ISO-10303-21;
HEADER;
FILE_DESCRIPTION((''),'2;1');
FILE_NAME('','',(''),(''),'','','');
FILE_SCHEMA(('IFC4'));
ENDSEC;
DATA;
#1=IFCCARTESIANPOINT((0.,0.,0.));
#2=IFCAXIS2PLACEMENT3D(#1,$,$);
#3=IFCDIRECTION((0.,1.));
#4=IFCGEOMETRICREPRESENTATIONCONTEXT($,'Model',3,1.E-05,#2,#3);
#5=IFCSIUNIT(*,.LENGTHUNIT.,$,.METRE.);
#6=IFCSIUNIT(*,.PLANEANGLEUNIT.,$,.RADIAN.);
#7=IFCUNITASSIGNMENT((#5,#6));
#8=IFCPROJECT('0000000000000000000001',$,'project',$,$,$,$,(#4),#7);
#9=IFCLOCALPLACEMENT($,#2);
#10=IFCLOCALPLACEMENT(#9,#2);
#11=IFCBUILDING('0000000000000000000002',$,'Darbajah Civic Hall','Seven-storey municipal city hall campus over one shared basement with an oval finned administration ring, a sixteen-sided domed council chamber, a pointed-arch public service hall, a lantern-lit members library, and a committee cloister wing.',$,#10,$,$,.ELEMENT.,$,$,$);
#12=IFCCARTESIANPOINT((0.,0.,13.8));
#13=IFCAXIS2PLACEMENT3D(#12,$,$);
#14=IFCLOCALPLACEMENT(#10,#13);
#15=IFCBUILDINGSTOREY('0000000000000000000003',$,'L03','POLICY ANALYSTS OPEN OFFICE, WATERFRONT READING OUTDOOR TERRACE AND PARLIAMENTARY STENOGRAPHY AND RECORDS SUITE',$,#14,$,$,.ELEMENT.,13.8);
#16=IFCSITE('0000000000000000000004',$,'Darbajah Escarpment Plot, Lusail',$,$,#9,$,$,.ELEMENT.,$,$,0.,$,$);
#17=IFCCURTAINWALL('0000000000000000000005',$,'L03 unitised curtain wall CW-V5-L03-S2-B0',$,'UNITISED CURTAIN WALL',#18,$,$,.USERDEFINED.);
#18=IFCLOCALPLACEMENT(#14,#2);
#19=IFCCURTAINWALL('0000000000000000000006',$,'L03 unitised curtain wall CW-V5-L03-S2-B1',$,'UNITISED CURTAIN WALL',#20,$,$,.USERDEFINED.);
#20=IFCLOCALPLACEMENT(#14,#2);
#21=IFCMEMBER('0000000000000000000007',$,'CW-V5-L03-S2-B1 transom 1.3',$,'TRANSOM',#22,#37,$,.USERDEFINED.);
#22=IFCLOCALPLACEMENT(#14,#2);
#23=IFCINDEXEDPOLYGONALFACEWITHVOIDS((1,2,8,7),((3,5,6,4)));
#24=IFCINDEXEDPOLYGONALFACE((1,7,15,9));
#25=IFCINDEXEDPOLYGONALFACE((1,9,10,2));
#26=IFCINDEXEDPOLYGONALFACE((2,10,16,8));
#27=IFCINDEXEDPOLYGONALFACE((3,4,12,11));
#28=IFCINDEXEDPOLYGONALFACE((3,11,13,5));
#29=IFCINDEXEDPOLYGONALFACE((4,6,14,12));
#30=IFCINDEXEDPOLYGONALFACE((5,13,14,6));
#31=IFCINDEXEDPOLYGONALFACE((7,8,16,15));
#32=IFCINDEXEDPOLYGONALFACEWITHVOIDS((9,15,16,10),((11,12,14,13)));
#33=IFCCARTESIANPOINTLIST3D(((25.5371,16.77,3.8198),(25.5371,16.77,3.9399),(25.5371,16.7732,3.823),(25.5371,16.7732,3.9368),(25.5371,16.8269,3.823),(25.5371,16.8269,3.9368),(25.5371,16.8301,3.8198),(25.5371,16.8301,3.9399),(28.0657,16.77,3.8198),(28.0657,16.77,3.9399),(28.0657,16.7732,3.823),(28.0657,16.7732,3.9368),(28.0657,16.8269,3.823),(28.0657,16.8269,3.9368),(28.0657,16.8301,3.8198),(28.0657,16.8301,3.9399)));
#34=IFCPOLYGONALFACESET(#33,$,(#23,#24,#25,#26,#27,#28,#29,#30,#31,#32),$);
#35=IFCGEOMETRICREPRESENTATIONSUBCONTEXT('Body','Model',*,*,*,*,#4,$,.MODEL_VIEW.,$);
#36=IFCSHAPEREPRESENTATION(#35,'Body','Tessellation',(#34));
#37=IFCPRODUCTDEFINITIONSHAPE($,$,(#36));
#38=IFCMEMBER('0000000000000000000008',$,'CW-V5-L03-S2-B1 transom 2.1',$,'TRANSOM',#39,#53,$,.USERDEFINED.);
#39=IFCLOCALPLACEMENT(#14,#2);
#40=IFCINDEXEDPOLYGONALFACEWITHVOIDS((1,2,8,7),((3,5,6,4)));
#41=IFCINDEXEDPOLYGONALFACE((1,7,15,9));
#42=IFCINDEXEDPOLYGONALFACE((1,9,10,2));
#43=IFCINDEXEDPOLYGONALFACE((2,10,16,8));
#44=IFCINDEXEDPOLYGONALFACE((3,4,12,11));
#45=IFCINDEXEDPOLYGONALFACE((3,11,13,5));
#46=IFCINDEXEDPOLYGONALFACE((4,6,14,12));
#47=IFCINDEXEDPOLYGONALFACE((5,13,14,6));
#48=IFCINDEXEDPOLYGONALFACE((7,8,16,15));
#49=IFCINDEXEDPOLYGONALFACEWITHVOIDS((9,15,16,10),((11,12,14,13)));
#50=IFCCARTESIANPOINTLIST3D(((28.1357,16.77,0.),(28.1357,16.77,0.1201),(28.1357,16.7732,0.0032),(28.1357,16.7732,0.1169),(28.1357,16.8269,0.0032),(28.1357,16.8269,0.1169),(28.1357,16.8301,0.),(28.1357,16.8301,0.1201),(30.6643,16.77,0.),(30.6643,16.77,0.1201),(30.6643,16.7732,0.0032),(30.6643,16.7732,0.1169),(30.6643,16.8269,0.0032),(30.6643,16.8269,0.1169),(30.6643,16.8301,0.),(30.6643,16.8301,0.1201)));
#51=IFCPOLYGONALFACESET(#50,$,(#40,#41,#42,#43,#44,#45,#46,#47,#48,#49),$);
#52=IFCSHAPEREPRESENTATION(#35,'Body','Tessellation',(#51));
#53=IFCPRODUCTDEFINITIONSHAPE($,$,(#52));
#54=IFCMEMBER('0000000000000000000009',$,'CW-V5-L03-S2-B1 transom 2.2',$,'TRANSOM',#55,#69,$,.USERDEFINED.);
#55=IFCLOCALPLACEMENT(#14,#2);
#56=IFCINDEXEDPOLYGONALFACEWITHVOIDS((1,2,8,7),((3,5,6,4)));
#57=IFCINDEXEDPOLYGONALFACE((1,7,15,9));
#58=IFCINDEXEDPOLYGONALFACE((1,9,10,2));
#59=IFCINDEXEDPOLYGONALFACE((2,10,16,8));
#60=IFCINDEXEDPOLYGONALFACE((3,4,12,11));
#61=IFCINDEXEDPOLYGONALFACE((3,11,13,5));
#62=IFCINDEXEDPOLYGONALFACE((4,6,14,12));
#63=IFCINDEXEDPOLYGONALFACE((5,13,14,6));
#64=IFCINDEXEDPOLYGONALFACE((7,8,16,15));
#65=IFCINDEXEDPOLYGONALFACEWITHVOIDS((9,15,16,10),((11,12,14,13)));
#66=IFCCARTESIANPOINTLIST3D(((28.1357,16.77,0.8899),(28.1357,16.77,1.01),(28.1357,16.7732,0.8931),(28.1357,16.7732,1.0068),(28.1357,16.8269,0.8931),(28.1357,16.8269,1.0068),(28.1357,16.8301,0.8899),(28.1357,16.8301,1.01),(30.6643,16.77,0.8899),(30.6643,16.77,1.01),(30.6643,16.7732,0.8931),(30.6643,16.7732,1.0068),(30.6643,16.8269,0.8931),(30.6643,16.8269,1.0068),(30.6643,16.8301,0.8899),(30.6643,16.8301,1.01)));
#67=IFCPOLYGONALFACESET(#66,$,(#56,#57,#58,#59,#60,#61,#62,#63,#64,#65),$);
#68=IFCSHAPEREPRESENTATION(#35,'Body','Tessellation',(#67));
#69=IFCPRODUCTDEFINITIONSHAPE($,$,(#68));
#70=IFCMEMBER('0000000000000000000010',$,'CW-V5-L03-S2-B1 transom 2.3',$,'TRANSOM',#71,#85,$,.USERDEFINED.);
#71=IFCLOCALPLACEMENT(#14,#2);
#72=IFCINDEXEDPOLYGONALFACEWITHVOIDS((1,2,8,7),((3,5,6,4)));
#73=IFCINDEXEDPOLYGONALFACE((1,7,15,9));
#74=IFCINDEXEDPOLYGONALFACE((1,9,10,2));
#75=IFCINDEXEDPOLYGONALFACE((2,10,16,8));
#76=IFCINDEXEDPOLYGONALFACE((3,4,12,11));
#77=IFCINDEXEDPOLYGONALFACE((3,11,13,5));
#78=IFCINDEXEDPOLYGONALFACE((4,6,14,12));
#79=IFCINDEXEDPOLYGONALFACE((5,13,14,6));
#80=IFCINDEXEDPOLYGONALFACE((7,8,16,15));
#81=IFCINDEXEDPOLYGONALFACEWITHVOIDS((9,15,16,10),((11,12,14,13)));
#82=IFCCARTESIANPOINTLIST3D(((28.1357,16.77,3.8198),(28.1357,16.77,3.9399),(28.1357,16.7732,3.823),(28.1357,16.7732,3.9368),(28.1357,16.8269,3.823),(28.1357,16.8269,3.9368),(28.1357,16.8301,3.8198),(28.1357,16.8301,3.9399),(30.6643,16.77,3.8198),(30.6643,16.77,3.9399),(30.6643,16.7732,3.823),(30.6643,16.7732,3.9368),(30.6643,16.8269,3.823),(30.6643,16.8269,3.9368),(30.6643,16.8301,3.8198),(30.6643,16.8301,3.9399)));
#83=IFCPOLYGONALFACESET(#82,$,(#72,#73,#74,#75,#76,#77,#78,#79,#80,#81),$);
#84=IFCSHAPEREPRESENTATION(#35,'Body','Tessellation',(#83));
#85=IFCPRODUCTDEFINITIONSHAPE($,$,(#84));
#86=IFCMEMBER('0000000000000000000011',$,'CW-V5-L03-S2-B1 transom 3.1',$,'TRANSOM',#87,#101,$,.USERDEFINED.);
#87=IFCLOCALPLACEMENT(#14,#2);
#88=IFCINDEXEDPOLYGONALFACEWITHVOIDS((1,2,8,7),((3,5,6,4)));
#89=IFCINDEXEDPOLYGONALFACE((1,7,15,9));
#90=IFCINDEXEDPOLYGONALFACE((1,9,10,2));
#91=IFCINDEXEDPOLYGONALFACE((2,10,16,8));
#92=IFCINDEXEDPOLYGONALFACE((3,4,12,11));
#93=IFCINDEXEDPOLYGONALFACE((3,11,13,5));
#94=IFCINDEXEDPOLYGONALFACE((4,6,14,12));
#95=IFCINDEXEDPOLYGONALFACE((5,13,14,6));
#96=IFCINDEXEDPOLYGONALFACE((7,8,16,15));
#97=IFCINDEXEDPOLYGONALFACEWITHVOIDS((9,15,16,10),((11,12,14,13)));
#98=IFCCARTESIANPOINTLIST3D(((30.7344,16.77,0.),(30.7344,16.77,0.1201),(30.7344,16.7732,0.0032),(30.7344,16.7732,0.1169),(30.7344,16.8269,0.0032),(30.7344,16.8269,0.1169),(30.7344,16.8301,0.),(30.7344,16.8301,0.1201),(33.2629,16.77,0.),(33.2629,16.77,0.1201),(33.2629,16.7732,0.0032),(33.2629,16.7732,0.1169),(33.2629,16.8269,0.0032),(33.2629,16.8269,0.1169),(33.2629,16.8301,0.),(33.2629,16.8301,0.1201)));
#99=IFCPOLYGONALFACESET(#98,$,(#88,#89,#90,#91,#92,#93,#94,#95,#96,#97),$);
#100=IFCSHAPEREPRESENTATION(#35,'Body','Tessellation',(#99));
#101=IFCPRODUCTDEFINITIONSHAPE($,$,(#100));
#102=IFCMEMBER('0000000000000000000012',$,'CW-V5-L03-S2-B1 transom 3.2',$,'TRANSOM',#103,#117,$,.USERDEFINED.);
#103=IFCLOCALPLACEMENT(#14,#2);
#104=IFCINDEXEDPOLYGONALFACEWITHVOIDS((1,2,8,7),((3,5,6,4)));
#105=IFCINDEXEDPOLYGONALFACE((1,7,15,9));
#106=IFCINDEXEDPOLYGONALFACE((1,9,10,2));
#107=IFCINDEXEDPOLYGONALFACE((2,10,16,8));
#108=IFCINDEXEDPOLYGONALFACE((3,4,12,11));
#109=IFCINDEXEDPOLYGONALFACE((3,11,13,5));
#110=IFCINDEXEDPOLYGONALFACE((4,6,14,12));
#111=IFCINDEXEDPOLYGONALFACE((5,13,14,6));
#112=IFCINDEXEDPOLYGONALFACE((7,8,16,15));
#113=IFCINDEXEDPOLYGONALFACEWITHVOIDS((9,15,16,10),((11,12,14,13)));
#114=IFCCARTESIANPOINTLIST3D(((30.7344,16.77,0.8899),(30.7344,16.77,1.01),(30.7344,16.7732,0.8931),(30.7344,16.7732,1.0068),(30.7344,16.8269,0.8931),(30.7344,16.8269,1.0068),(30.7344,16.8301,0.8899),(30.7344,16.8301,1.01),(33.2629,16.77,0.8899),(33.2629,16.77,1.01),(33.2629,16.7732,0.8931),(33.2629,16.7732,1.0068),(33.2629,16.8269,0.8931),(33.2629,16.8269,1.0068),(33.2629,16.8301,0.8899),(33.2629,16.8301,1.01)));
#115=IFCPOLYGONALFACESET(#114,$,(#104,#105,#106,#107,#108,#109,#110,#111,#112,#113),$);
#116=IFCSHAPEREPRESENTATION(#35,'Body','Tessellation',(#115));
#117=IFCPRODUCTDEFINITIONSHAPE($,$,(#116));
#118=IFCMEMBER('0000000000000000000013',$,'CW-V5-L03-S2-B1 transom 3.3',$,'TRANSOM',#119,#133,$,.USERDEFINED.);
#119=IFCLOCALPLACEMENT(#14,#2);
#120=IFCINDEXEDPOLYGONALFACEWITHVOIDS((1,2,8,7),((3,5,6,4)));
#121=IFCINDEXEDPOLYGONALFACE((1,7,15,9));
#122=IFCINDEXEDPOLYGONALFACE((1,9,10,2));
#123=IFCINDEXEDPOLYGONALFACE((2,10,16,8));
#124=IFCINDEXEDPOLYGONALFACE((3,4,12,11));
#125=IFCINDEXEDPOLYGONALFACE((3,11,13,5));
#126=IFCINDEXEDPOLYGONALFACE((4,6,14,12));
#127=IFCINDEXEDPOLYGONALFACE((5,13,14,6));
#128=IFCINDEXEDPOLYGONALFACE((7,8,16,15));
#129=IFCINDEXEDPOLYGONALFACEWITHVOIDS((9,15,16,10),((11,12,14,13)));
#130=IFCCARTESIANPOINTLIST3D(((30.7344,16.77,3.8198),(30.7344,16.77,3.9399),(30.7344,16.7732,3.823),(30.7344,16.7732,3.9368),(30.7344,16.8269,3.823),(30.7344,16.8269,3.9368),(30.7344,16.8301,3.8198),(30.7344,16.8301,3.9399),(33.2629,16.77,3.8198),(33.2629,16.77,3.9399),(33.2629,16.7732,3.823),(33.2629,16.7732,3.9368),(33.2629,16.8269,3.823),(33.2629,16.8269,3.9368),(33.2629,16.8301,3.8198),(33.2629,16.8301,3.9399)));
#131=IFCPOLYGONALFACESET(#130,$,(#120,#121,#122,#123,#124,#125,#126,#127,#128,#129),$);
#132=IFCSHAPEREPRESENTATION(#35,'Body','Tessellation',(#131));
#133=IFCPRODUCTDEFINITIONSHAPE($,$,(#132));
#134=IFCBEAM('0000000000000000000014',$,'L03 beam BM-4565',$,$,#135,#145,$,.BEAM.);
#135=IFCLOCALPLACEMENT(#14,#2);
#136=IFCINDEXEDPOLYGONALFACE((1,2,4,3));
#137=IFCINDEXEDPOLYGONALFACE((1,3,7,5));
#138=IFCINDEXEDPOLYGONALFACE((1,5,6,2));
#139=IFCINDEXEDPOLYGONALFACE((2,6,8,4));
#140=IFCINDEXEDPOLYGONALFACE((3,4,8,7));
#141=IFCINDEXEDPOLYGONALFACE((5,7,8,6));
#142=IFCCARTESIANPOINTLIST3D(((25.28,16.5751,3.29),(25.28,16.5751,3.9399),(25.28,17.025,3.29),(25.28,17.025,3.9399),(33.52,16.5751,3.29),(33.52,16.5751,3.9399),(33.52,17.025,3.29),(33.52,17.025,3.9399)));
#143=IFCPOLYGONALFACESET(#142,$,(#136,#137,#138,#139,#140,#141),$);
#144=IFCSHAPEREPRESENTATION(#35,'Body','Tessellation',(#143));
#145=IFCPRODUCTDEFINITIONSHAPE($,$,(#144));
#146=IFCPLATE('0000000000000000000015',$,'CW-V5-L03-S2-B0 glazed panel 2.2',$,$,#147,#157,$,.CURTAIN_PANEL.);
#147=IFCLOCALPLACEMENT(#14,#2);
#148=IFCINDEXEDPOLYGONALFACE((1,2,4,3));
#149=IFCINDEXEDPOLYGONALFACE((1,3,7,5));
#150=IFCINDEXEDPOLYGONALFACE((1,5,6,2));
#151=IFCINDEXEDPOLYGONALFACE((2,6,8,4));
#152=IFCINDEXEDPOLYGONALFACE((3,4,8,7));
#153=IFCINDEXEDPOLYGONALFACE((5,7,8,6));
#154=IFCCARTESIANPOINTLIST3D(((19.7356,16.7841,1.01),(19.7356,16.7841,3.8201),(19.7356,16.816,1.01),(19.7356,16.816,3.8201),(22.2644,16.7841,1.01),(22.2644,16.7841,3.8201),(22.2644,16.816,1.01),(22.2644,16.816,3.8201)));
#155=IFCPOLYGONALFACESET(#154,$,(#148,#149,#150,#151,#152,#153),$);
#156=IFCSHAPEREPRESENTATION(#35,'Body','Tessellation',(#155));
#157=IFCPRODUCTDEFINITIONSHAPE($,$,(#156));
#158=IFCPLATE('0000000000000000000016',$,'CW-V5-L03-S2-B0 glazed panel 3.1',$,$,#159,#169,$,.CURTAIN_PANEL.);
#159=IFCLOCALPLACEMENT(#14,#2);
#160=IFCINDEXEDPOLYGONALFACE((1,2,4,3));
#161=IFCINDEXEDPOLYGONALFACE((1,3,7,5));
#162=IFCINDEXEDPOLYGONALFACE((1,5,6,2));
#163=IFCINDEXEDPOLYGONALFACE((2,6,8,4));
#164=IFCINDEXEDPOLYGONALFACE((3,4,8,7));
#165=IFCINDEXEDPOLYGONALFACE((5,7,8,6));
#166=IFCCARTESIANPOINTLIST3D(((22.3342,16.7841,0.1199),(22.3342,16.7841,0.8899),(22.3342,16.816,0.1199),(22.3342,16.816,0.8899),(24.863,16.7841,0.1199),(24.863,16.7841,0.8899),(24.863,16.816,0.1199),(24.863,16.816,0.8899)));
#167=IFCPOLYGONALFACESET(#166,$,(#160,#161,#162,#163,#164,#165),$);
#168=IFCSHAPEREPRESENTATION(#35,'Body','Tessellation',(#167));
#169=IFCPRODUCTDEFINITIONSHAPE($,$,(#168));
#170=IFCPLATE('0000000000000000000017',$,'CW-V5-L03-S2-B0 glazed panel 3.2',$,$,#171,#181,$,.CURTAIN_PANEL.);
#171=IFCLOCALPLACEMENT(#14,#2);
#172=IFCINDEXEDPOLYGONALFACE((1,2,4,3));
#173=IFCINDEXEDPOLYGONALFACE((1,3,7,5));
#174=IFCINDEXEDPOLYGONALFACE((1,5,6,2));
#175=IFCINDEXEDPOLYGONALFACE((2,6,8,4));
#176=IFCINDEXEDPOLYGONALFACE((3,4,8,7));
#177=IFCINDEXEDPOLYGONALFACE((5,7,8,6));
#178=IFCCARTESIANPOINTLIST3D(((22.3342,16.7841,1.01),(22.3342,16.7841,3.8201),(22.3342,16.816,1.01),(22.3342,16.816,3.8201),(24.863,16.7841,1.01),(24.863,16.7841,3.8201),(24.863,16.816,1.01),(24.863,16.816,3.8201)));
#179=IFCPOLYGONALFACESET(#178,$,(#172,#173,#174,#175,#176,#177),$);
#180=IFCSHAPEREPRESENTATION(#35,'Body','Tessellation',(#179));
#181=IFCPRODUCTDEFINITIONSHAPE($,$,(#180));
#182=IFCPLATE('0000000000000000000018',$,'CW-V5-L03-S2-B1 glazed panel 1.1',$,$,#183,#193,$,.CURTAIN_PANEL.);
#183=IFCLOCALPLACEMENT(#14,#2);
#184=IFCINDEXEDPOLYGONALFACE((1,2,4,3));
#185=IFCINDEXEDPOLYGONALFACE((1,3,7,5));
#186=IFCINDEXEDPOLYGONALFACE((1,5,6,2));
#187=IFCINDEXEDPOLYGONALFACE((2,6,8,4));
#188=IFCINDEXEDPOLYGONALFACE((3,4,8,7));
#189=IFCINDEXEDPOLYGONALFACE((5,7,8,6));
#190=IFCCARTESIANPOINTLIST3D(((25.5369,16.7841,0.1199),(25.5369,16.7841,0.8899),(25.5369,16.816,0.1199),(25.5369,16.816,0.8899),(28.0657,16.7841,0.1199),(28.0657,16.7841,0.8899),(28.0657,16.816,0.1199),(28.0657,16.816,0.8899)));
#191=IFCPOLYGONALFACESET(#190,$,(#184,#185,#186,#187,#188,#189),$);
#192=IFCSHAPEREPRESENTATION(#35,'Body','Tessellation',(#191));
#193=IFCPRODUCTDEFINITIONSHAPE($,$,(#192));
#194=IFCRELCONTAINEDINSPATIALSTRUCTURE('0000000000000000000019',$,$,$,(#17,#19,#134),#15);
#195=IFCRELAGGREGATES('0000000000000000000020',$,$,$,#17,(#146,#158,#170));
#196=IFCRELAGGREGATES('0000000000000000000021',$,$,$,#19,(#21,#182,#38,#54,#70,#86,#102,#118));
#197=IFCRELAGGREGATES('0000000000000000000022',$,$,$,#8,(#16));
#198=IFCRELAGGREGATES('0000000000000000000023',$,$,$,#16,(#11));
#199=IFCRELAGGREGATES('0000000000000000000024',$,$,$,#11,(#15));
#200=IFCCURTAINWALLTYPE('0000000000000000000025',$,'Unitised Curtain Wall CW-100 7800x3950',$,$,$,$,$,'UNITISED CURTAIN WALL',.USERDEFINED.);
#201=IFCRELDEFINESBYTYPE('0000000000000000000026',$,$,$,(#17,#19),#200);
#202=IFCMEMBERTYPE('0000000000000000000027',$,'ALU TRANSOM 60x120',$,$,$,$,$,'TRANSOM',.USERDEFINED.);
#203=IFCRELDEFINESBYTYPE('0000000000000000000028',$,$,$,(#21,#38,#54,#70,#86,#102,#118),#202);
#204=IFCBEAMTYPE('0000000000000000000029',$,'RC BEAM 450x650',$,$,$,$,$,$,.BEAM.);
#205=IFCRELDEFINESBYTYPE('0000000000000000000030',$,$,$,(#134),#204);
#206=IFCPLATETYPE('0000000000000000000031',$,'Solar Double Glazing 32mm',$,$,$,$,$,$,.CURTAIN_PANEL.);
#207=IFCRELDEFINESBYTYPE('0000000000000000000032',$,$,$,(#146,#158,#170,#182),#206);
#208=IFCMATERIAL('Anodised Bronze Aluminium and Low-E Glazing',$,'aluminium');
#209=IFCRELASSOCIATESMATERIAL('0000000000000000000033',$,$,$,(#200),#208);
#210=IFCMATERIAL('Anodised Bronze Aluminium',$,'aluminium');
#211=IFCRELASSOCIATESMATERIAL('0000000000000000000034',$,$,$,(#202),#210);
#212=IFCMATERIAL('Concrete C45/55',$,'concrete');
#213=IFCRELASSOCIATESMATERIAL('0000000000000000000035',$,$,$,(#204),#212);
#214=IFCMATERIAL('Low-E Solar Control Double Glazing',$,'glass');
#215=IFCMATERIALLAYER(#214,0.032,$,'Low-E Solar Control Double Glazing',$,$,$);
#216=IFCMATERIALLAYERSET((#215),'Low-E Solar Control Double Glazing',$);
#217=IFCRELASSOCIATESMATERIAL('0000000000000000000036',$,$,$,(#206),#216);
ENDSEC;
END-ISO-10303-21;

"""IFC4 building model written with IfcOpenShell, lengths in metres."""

from ifc_helpers import new_model, si_unit, direction, frame, origin, origin_2d, place, context, subcontext, project, spatial, rectangle, hollow_rectangle, extrude, material, layer, layer_set, material_profile, profile_set, type_object, element, aggregate, save


model = new_model("IFC4")

# Units and contexts
model_context = context("Model", 3, precision=1e-05, world=origin(), true_north=direction((0.0, 1.0)))
body_context = subcontext(model_context, "Body", "Model", "MODEL_VIEW")
ifc_project = project(units=[si_unit("LENGTHUNIT", "METRE"), si_unit("PLANEANGLEUNIT", "RADIAN")], contexts=[model_context])

# Site, building, storey
site_placement = place(None, origin())
site = spatial("IfcSite", under=ifc_project, at=site_placement, Name="Darbajah Escarpment Plot, Lusail", CompositionType="ELEMENT", RefElevation=0.0)
building_placement = place(site_placement, origin())
building = spatial("IfcBuilding", under=site, at=building_placement, Name="Darbajah Civic Hall", Description="Seven-storey municipal city hall campus over one shared basement with an oval finned administration ring, a sixteen-sided domed council chamber, a pointed-arch public service hall, a lantern-lit members library, and a committee cloister wing.", CompositionType="ELEMENT")
storey_placement = place(building_placement, frame((0.0, 0.0, 13.8)))
storey = spatial("IfcBuildingStorey", under=building, at=storey_placement, Name="L03", Description="POLICY ANALYSTS OPEN OFFICE, WATERFRONT READING OUTDOOR TERRACE AND PARLIAMENTARY STENOGRAPHY AND RECORDS SUITE", CompositionType="ELEMENT", Elevation=13.8)

# Shared definitions
ifc_material_1 = material(Name="Concrete C45/55", Category="concrete")

# Curtain walls
ifc_material_2 = material(Name="Anodised Bronze Aluminium and Low-E Glazing", Category="aluminium")
curtain_wall_type = type_object("IfcCurtainWallType", Name="Unitised Curtain Wall CW-100 7800x3950", ElementType="UNITISED CURTAIN WALL", PredefinedType="USERDEFINED", material=ifc_material_2)
curtain_wall_1_placement = place(storey_placement, origin())
curtain_wall_1 = element("IfcCurtainWall", 1, at=curtain_wall_1_placement, inside=storey, type_object=curtain_wall_type, Name="L03 unitised curtain wall CW-V5-L03-S2-B0", ObjectType="UNITISED CURTAIN WALL", PredefinedType="USERDEFINED")
ifc_material_3 = material(Name="Anodised Bronze Aluminium", Category="aluminium")
curtain_wall_2_placement = place(storey_placement, origin())
curtain_wall_2 = element("IfcCurtainWall", 2, at=curtain_wall_2_placement, inside=storey, type_object=curtain_wall_type, Name="L03 unitised curtain wall CW-V5-L03-S2-B1", ObjectType="UNITISED CURTAIN WALL", PredefinedType="USERDEFINED")

# Members
ifc_material_profile_1 = material_profile(ifc_material_3, hollow_rectangle(XDim=0.0601, YDim=0.1201, WallThickness=0.0032, at=origin_2d()), Name="ALU TRANSOM 60x120")
ifc_profile_set_1 = profile_set([ifc_material_profile_1], Name="Anodised Bronze Aluminium")
member_type_1 = type_object("IfcMemberType", Name="ALU TRANSOM 60x120", ElementType="TRANSOM", PredefinedType="USERDEFINED", material=ifc_profile_set_1)
member_1_placement = place(storey_placement, frame((25.5371, 16.8, 3.8799), z_axis=(1.0, 0.0, 0.0), x_axis=(0.0, 1.0, 0.0)))
member_1 = element("IfcMember", 3, at=member_1_placement, type_object=member_type_1, Name="CW-V5-L03-S2-B1 transom 1.3", ObjectType="TRANSOM", PredefinedType="USERDEFINED", context=body_context, shape_type="SweptSolid", body=[
    extrude(hollow_rectangle(XDim=0.0601, YDim=0.1201, WallThickness=0.0032, at=origin_2d()), origin(), (0.0, 0.0, 1.0), 2.5286),
])
member_2_placement = place(storey_placement, frame((28.1357, 16.8, 0.0601), z_axis=(1.0, 0.0, 0.0), x_axis=(0.0, 1.0, 0.0)))
member_2 = element("IfcMember", 4, at=member_2_placement, type_object=member_type_1, Name="CW-V5-L03-S2-B1 transom 2.1", ObjectType="TRANSOM", PredefinedType="USERDEFINED", context=body_context, shape_type="SweptSolid", body=[
    extrude(hollow_rectangle(XDim=0.0601, YDim=0.1201, WallThickness=0.0032, at=origin_2d()), origin(), (0.0, 0.0, 1.0), 2.5286),
])
member_3_placement = place(storey_placement, frame((28.1357, 16.8, 0.95), z_axis=(1.0, 0.0, 0.0), x_axis=(0.0, 1.0, 0.0)))
member_3 = element("IfcMember", 5, at=member_3_placement, type_object=member_type_1, Name="CW-V5-L03-S2-B1 transom 2.2", ObjectType="TRANSOM", PredefinedType="USERDEFINED", context=body_context, shape_type="SweptSolid", body=[
    extrude(hollow_rectangle(XDim=0.0601, YDim=0.1201, WallThickness=0.0032, at=origin_2d()), origin(), (0.0, 0.0, 1.0), 2.5286),
])
member_4_placement = place(storey_placement, frame((28.1357, 16.8, 3.8799), z_axis=(1.0, 0.0, 0.0), x_axis=(0.0, 1.0, 0.0)))
member_4 = element("IfcMember", 6, at=member_4_placement, type_object=member_type_1, Name="CW-V5-L03-S2-B1 transom 2.3", ObjectType="TRANSOM", PredefinedType="USERDEFINED", context=body_context, shape_type="SweptSolid", body=[
    extrude(hollow_rectangle(XDim=0.0601, YDim=0.1201, WallThickness=0.0032, at=origin_2d()), origin(), (0.0, 0.0, 1.0), 2.5286),
])
member_5_placement = place(storey_placement, frame((30.7344, 16.8, 0.0601), z_axis=(1.0, 0.0, 0.0), x_axis=(0.0, 1.0, 0.0)))
member_5 = element("IfcMember", 7, at=member_5_placement, type_object=member_type_1, Name="CW-V5-L03-S2-B1 transom 3.1", ObjectType="TRANSOM", PredefinedType="USERDEFINED", context=body_context, shape_type="SweptSolid", body=[
    extrude(hollow_rectangle(XDim=0.0601, YDim=0.1201, WallThickness=0.0032, at=origin_2d()), origin(), (0.0, 0.0, 1.0), 2.5286),
])
member_6_placement = place(storey_placement, frame((30.7344, 16.8, 0.95), z_axis=(1.0, 0.0, 0.0), x_axis=(0.0, 1.0, 0.0)))
member_6 = element("IfcMember", 8, at=member_6_placement, type_object=member_type_1, Name="CW-V5-L03-S2-B1 transom 3.2", ObjectType="TRANSOM", PredefinedType="USERDEFINED", context=body_context, shape_type="SweptSolid", body=[
    extrude(hollow_rectangle(XDim=0.0601, YDim=0.1201, WallThickness=0.0032, at=origin_2d()), origin(), (0.0, 0.0, 1.0), 2.5286),
])
member_7_placement = place(storey_placement, frame((30.7344, 16.8, 3.8799), z_axis=(1.0, 0.0, 0.0), x_axis=(0.0, 1.0, 0.0)))
member_7 = element("IfcMember", 9, at=member_7_placement, type_object=member_type_1, Name="CW-V5-L03-S2-B1 transom 3.3", ObjectType="TRANSOM", PredefinedType="USERDEFINED", context=body_context, shape_type="SweptSolid", body=[
    extrude(hollow_rectangle(XDim=0.0601, YDim=0.1201, WallThickness=0.0032, at=origin_2d()), origin(), (0.0, 0.0, 1.0), 2.5286),
])

# Beam
ifc_material_profile_2 = material_profile(ifc_material_1, rectangle(XDim=0.45, YDim=0.6499, at=origin_2d()), Name="RC BEAM 450x650")
ifc_profile_set_2 = profile_set([ifc_material_profile_2], Name="Concrete C45/55")
beam_type = type_object("IfcBeamType", Name="RC BEAM 450x650", PredefinedType="BEAM", material=ifc_profile_set_2)
beam_placement = place(storey_placement, frame((25.28, 16.8, 3.615), z_axis=(1.0, 0.0, 0.0), x_axis=(0.0, 1.0, 0.0)))
element("IfcBeam", 10, at=beam_placement, inside=storey, type_object=beam_type, Name="L03 beam BM-4565", PredefinedType="BEAM", context=body_context, shape_type="SweptSolid", body=[
    extrude(rectangle(XDim=0.45, YDim=0.6499, at=origin_2d()), origin(), (0.0, 0.0, 1.0), 8.24),
])

# Plates
ifc_material_4 = material(Name="Low-E Solar Control Double Glazing", Category="glass")
ifc_layer = layer(ifc_material_4, 0.032, Name="Low-E Solar Control Double Glazing")
ifc_layer_set = layer_set([ifc_layer], Name="Low-E Solar Control Double Glazing")
plate_type = type_object("IfcPlateType", Name="Solar Double Glazing 32mm", PredefinedType="CURTAIN_PANEL", material=ifc_layer_set)
plate_1_placement = place(storey_placement, frame((21.0, 16.8, 1.01), z_axis=(0.0, 0.0, 1.0), x_axis=(1.0, 0.0, 0.0)))
plate_1 = element("IfcPlate", 11, at=plate_1_placement, type_object=plate_type, Name="CW-V5-L03-S2-B0 glazed panel 2.2", PredefinedType="CURTAIN_PANEL", context=body_context, shape_type="SweptSolid", body=[
    extrude(rectangle(XDim=2.5288, YDim=0.032, at=origin_2d()), origin(), (0.0, 0.0, 1.0), 2.8101),
])
plate_2_placement = place(storey_placement, frame((23.5986, 16.8, 0.1199), z_axis=(0.0, 0.0, 1.0), x_axis=(1.0, 0.0, 0.0)))
plate_2 = element("IfcPlate", 12, at=plate_2_placement, type_object=plate_type, Name="CW-V5-L03-S2-B0 glazed panel 3.1", PredefinedType="CURTAIN_PANEL", context=body_context, shape_type="SweptSolid", body=[
    extrude(rectangle(XDim=2.5288, YDim=0.032, at=origin_2d()), origin(), (0.0, 0.0, 1.0), 0.77),
])
plate_3_placement = place(storey_placement, frame((23.5986, 16.8, 1.01), z_axis=(0.0, 0.0, 1.0), x_axis=(1.0, 0.0, 0.0)))
plate_3 = element("IfcPlate", 13, at=plate_3_placement, type_object=plate_type, Name="CW-V5-L03-S2-B0 glazed panel 3.2", PredefinedType="CURTAIN_PANEL", context=body_context, shape_type="SweptSolid", body=[
    extrude(rectangle(XDim=2.5288, YDim=0.032, at=origin_2d()), origin(), (0.0, 0.0, 1.0), 2.8101),
])
aggregate(curtain_wall_1, [plate_1, plate_2, plate_3])
plate_4_placement = place(storey_placement, frame((26.8013, 16.8, 0.1199), z_axis=(0.0, 0.0, 1.0), x_axis=(1.0, 0.0, 0.0)))
plate_4 = element("IfcPlate", 14, at=plate_4_placement, type_object=plate_type, Name="CW-V5-L03-S2-B1 glazed panel 1.1", PredefinedType="CURTAIN_PANEL", context=body_context, shape_type="SweptSolid", body=[
    extrude(rectangle(XDim=2.5288, YDim=0.032, at=origin_2d()), origin(), (0.0, 0.0, 1.0), 0.77),
])
aggregate(curtain_wall_2, [member_1, plate_4, member_2, member_3, member_4, member_5, member_6, member_7])

save(model, "model.ifc")
